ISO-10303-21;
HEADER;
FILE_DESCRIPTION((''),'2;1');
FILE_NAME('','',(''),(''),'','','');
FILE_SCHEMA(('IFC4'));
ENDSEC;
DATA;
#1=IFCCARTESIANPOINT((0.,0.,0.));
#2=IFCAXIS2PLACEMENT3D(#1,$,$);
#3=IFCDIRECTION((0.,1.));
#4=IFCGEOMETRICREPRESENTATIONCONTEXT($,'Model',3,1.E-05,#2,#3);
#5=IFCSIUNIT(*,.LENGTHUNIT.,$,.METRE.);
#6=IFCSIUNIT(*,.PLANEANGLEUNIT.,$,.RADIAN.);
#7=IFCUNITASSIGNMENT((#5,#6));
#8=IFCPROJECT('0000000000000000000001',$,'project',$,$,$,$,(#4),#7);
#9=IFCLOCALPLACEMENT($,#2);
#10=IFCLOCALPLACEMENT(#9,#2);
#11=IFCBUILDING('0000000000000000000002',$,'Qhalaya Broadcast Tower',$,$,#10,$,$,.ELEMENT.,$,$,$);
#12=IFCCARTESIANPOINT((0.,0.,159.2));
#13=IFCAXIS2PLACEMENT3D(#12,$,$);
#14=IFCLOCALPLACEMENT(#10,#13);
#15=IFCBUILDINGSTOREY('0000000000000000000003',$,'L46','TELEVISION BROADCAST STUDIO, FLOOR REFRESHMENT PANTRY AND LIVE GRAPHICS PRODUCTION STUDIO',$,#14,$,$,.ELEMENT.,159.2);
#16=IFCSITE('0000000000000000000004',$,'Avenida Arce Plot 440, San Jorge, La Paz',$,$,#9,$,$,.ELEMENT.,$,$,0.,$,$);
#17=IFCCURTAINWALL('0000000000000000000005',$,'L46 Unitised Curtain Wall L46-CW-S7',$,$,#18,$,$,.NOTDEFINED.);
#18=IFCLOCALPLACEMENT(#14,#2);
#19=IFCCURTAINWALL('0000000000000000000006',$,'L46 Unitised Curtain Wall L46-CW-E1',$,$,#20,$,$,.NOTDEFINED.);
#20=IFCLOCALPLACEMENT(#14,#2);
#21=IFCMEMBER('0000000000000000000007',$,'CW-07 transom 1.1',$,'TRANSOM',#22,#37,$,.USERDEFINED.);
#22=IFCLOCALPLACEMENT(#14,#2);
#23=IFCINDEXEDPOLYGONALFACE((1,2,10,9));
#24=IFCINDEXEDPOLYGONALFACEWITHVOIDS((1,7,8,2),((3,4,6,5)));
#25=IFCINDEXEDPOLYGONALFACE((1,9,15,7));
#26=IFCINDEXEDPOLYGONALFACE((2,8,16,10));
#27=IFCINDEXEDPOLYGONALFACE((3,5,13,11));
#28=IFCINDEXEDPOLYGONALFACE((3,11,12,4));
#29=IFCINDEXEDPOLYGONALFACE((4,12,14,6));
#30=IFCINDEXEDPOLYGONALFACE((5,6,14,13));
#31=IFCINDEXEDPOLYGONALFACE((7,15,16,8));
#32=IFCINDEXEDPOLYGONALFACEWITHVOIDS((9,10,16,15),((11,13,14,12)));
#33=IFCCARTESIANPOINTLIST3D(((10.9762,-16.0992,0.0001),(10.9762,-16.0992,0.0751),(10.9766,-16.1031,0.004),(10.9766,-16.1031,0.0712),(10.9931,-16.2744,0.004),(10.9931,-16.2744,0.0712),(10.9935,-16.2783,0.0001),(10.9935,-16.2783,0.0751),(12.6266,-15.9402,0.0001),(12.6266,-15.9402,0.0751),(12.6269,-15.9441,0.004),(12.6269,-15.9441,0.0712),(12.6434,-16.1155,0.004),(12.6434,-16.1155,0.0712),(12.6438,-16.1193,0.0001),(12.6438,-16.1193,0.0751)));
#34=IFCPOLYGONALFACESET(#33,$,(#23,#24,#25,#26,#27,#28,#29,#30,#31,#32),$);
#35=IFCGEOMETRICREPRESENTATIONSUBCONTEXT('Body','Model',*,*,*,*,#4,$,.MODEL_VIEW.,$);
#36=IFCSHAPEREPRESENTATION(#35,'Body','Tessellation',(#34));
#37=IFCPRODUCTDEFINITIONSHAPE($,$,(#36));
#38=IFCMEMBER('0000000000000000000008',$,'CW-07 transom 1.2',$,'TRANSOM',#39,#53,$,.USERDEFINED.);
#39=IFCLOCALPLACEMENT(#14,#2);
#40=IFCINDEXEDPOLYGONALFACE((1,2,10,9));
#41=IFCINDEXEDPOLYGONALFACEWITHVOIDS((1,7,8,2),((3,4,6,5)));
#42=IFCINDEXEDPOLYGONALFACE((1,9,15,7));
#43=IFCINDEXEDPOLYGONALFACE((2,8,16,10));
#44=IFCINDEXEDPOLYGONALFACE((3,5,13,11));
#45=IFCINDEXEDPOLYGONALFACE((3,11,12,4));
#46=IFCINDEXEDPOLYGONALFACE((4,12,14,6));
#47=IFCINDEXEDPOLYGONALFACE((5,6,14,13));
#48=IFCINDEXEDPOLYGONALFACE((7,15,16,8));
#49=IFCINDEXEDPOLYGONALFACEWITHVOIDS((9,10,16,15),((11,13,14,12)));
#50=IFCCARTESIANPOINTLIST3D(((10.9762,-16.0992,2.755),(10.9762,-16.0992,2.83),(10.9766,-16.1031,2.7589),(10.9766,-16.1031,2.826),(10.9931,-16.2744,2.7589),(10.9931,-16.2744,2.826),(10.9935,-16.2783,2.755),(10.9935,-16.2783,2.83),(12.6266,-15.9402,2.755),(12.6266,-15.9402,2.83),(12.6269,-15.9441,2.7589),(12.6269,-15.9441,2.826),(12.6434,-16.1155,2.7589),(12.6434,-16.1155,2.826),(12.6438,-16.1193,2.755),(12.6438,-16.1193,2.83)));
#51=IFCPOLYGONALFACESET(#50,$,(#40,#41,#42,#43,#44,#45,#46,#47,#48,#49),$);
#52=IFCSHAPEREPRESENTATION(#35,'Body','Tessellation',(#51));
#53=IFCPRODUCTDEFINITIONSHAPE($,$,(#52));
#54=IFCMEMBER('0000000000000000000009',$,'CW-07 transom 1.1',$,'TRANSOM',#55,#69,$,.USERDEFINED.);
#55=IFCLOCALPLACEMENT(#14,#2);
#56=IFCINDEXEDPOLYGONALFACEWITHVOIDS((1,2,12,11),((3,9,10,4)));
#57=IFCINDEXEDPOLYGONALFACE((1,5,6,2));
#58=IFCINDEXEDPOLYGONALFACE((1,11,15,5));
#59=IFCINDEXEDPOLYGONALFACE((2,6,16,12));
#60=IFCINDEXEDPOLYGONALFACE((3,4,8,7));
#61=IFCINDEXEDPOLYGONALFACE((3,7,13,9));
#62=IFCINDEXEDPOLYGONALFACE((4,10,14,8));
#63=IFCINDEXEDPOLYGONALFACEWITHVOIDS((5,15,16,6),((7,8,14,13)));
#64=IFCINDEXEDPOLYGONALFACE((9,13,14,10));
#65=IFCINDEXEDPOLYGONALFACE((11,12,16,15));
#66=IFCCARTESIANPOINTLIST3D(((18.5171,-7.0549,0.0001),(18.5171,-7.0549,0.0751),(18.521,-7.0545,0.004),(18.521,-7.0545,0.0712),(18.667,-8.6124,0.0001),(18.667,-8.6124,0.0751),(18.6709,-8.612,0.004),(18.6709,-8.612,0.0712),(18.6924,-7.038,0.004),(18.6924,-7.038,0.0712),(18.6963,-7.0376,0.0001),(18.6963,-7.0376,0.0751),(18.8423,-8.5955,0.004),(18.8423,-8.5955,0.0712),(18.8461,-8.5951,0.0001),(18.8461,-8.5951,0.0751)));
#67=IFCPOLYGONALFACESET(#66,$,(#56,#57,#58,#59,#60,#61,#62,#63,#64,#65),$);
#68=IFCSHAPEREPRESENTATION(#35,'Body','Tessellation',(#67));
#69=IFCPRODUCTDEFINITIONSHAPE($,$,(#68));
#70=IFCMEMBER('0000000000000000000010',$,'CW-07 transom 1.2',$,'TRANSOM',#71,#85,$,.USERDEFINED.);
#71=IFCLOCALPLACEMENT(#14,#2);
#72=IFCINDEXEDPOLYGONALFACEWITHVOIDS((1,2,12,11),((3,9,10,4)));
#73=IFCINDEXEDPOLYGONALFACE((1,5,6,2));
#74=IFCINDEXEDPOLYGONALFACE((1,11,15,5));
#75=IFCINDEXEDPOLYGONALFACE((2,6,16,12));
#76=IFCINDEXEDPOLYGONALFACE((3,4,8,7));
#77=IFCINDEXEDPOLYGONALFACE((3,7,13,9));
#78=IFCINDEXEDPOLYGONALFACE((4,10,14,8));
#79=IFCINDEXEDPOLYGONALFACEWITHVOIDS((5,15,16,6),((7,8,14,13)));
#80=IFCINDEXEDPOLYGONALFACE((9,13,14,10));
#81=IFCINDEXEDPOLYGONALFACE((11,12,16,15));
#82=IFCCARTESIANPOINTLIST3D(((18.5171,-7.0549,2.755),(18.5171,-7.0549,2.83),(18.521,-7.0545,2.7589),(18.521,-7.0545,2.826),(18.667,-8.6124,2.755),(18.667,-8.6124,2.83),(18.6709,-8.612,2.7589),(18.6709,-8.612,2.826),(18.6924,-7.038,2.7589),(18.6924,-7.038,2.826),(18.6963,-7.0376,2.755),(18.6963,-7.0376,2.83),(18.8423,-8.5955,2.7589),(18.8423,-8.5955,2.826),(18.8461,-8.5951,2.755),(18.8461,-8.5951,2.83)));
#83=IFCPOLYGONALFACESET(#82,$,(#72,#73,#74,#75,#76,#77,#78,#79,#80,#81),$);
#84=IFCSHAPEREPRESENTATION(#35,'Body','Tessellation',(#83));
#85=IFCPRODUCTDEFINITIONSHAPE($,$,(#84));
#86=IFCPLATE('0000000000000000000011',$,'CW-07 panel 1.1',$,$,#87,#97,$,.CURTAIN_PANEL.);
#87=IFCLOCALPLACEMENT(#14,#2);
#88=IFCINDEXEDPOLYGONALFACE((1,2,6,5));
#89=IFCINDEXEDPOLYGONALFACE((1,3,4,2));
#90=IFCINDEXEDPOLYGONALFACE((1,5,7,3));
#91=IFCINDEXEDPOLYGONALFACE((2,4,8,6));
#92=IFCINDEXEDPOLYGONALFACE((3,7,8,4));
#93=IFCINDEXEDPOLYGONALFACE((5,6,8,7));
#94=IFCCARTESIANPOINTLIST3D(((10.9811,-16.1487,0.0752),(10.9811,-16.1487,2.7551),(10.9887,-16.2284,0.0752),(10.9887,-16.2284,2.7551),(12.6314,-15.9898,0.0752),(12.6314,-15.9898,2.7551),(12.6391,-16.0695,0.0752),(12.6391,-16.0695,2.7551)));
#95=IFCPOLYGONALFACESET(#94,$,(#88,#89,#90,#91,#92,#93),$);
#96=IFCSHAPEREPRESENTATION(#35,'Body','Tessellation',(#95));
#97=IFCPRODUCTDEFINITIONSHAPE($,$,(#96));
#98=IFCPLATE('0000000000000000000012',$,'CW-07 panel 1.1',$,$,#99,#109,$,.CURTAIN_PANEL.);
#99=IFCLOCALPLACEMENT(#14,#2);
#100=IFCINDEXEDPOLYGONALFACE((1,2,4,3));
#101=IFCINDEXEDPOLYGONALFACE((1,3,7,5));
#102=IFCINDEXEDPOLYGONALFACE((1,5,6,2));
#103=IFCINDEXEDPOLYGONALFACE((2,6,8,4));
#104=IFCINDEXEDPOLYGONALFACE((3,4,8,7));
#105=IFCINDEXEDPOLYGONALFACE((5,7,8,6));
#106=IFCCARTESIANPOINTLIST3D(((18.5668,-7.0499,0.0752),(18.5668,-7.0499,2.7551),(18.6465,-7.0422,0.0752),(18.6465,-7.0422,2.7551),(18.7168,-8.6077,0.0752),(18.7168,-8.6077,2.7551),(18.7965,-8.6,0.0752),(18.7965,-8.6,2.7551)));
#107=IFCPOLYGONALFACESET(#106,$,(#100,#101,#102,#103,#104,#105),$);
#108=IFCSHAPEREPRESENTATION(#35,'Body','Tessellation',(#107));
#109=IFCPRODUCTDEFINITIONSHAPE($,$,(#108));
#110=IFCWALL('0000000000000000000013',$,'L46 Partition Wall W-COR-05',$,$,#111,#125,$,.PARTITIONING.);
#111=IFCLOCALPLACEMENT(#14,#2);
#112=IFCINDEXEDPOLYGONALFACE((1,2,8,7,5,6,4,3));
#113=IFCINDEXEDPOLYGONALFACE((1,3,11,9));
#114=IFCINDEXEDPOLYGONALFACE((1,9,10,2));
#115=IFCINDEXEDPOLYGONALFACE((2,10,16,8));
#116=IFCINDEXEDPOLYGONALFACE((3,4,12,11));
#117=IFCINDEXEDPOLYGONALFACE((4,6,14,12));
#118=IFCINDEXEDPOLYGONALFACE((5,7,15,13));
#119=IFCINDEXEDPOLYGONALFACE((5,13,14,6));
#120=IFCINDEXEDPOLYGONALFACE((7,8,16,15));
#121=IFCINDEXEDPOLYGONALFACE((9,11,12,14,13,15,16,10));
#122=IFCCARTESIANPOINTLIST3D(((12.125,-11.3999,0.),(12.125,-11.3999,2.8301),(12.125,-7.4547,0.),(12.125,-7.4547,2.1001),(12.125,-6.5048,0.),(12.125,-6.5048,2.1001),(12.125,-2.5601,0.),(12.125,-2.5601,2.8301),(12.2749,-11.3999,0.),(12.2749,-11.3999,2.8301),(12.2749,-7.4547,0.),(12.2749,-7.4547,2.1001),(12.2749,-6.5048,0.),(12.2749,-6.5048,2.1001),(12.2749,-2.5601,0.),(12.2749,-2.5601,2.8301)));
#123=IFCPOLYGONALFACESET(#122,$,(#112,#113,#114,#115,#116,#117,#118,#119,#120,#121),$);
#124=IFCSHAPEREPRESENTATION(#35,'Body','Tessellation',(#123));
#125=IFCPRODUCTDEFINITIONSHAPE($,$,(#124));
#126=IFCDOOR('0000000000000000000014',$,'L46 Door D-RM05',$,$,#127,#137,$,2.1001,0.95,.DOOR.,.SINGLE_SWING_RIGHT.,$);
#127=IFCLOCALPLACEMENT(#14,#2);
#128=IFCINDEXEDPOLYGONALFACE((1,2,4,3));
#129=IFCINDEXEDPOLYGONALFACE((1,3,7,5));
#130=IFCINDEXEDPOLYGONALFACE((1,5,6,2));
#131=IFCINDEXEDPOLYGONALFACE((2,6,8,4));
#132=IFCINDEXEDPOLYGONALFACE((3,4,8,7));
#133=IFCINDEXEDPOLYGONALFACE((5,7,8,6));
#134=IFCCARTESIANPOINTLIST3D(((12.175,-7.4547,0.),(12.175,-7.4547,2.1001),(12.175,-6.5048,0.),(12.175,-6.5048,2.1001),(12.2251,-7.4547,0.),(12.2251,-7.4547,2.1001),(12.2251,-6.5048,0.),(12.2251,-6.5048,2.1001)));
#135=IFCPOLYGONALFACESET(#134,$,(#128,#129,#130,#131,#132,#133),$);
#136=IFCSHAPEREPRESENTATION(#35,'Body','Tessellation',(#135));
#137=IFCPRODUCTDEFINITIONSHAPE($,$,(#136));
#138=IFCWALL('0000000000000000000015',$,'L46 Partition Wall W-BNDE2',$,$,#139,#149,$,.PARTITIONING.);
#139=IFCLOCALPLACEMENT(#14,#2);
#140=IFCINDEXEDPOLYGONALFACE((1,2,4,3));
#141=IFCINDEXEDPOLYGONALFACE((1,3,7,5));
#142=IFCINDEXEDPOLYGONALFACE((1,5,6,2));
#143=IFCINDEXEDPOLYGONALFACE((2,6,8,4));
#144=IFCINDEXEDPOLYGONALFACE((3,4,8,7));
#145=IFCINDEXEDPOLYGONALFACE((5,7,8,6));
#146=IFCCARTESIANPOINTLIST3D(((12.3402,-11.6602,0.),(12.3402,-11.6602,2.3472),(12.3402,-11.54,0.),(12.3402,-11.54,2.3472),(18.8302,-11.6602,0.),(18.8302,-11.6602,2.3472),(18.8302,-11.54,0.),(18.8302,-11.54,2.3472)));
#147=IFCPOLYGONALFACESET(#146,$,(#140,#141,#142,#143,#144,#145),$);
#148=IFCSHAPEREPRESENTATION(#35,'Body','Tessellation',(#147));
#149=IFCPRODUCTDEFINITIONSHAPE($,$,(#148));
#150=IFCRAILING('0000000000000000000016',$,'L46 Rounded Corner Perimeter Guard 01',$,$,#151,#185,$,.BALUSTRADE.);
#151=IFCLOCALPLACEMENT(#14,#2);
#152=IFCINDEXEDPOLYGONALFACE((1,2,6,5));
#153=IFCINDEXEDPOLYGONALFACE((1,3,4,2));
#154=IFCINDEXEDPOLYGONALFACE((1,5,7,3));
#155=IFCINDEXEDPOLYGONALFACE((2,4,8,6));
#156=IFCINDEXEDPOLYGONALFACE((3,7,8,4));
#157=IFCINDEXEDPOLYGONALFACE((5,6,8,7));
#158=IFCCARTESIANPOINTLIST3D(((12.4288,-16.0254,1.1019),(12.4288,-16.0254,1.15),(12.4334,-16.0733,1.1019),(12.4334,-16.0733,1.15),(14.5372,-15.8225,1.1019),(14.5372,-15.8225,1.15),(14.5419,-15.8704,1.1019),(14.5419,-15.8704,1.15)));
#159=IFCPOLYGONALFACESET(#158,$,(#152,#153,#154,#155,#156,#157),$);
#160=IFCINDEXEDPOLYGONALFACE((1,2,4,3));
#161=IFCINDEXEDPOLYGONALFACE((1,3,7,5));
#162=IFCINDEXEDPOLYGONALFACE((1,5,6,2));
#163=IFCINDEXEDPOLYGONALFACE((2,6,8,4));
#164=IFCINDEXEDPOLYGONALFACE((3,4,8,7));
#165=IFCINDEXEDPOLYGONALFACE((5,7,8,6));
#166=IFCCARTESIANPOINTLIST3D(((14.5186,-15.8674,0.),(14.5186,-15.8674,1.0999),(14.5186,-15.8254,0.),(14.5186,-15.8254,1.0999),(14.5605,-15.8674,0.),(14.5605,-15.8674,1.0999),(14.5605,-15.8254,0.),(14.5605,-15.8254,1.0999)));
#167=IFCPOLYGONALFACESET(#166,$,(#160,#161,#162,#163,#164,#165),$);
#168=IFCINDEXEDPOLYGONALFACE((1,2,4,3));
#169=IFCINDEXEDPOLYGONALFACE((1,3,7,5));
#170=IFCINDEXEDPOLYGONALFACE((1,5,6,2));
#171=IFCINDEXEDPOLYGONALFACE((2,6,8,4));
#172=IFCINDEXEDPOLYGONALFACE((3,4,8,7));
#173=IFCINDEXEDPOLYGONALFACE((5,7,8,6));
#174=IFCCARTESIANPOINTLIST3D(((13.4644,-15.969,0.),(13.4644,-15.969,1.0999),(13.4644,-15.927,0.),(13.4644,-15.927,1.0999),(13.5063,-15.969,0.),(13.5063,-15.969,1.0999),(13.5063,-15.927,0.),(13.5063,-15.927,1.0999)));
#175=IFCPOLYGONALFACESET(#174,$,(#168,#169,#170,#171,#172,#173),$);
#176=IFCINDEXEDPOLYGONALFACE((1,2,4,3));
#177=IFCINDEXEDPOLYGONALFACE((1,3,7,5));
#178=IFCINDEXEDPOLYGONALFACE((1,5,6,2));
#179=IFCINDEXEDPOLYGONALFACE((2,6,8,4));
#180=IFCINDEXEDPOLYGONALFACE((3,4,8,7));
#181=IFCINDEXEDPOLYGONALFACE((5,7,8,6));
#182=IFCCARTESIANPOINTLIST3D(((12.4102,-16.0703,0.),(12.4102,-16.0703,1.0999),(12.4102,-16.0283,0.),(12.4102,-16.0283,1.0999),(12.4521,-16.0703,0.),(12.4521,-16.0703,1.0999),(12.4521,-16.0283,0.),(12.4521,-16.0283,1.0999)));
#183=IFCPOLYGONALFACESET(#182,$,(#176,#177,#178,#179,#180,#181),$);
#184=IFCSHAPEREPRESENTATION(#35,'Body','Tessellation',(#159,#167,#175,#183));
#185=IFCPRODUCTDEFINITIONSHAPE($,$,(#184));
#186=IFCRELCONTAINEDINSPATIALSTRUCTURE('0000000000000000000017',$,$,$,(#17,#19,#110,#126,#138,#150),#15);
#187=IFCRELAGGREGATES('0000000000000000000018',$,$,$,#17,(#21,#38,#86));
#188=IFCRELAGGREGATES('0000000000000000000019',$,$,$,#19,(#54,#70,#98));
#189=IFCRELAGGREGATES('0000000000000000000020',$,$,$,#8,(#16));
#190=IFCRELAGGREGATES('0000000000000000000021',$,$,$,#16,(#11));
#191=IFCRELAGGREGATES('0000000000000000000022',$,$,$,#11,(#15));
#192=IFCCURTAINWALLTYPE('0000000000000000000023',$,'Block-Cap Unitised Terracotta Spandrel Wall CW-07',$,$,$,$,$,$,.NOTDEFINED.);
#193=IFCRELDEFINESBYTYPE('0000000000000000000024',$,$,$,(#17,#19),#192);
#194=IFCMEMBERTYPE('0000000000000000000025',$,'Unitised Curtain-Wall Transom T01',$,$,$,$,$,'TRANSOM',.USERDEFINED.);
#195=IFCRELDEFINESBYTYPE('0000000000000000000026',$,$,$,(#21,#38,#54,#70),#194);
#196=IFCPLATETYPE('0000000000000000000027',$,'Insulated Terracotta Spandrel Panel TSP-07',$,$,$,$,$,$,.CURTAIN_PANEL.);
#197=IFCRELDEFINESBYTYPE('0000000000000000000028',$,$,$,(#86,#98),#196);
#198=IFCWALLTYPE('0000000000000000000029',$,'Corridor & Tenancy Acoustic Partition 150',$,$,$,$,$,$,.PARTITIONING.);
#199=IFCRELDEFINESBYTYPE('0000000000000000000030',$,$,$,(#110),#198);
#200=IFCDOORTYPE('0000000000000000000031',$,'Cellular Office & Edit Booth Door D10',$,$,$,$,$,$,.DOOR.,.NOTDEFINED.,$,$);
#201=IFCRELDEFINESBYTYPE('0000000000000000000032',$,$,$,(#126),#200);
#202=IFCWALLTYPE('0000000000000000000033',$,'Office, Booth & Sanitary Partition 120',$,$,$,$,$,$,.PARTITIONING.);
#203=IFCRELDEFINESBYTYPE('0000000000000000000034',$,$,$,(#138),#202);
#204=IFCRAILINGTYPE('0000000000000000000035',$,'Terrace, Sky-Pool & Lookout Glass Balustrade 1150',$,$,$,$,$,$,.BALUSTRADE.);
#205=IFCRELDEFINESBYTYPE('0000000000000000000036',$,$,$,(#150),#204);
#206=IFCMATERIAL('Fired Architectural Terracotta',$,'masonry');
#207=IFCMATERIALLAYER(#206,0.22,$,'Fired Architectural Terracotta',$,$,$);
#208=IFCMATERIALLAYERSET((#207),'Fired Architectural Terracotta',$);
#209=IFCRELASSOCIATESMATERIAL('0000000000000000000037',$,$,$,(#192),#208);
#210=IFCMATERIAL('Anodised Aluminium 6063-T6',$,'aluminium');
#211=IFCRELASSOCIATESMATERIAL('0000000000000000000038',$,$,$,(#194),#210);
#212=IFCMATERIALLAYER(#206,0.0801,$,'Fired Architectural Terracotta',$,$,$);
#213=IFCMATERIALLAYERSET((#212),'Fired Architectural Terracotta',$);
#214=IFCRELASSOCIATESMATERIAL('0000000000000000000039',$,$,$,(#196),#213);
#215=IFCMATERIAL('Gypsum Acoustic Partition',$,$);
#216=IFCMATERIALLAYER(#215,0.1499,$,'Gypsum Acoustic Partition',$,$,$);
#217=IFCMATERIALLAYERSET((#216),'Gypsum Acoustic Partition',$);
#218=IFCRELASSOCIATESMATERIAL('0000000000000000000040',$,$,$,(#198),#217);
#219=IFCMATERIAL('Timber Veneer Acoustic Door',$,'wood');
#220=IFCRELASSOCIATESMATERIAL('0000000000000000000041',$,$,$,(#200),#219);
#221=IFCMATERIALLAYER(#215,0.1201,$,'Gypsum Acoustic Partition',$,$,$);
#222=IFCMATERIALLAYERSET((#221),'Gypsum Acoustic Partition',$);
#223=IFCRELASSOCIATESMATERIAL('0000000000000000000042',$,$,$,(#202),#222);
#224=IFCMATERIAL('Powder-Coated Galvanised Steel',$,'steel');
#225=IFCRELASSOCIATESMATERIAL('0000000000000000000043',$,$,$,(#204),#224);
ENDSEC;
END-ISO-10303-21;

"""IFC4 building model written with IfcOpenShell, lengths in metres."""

from ifc_helpers import new_model, si_unit, direction, frame, frame_2d, origin, origin_2d, place, context, subcontext, project, spatial, rectangle, hollow_rectangle, extrude, material, layer, layer_set, material_profile, profile_set, type_object, element, fill, aggregate, save


model = new_model("IFC4")

# Units and contexts
model_context = context("Model", 3, precision=1e-05, world=origin(), true_north=direction((0.0, 1.0)))
body_context = subcontext(model_context, "Body", "Model", "MODEL_VIEW")
ifc_project = project(units=[si_unit("LENGTHUNIT", "METRE"), si_unit("PLANEANGLEUNIT", "RADIAN")], contexts=[model_context])

# Site, building, storey
site_placement = place(None, origin())
site = spatial("IfcSite", under=ifc_project, at=site_placement, Name="Avenida Arce Plot 440, San Jorge, La Paz", CompositionType="ELEMENT", RefElevation=0.0)
building_placement = place(site_placement, origin())
building = spatial("IfcBuilding", under=site, at=building_placement, Name="Qhalaya Broadcast Tower", CompositionType="ELEMENT")
storey_placement = place(building_placement, frame((0.0, 0.0, 159.2)))
storey = spatial("IfcBuildingStorey", under=building, at=storey_placement, Name="L46", Description="TELEVISION BROADCAST STUDIO, FLOOR REFRESHMENT PANTRY AND LIVE GRAPHICS PRODUCTION STUDIO", CompositionType="ELEMENT", Elevation=159.2)

# Shared definitions
ifc_material_1 = material(Name="Fired Architectural Terracotta", Category="masonry")

# Shared definitions
ifc_material_2 = material(Name="Anodised Aluminium 6063-T6", Category="aluminium")

# Curtain walls
ifc_layer_1 = layer(ifc_material_1, 0.22, Name="Fired Architectural Terracotta")
ifc_layer_set_1 = layer_set([ifc_layer_1], Name="Fired Architectural Terracotta")
curtain_wall_type_1 = type_object("IfcCurtainWallType", Name="Block-Cap Unitised Terracotta Spandrel Wall CW-07", PredefinedType="NOTDEFINED", material=ifc_layer_set_1)
curtain_wall_1_placement = place(storey_placement, origin())
curtain_wall_1 = element("IfcCurtainWall", 1, at=curtain_wall_1_placement, inside=storey, type_object=curtain_wall_type_1, Name="L46 Unitised Curtain Wall L46-CW-S7", PredefinedType="NOTDEFINED")
curtain_wall_2_placement = place(storey_placement, origin())
curtain_wall_2 = element("IfcCurtainWall", 2, at=curtain_wall_2_placement, inside=storey, type_object=curtain_wall_type_1, Name="L46 Unitised Curtain Wall L46-CW-E1", PredefinedType="NOTDEFINED")

# Members
ifc_material_profile_1 = material_profile(ifc_material_2, hollow_rectangle(XDim=0.075, YDim=0.1799, WallThickness=0.0039, at=origin_2d()), Name="ALU-TRN 75x180x4")
ifc_profile_set_1 = profile_set([ifc_material_profile_1], Name="Anodised Aluminium 6063-T6")
member_type_1 = type_object("IfcMemberType", Name="Unitised Curtain-Wall Transom T01", ElementType="TRANSOM", PredefinedType="USERDEFINED", material=ifc_profile_set_1)
member_1_placement = place(storey_placement, frame((10.9849, -16.1887, 0.0376), z_axis=(0.995395, 0.095858, 0.0), x_axis=(0.0, 0.0, 1.0)))
member_1 = element("IfcMember", 3, at=member_1_placement, type_object=member_type_1, Name="CW-07 transom 1.1", ObjectType="TRANSOM", PredefinedType="USERDEFINED", context=body_context, shape_type="SweptSolid", body=[
    extrude(hollow_rectangle(XDim=0.075, YDim=0.1799, WallThickness=0.0039, at=origin_2d()), origin(), (0.0, 0.0, 1.0), 1.658),
])
member_2_placement = place(storey_placement, frame((10.9849, -16.1887, 2.7925), z_axis=(0.995395, 0.095858, 0.0), x_axis=(0.0, 0.0, 1.0)))
member_2 = element("IfcMember", 4, at=member_2_placement, type_object=member_type_1, Name="CW-07 transom 1.2", ObjectType="TRANSOM", PredefinedType="USERDEFINED", context=body_context, shape_type="SweptSolid", body=[
    extrude(hollow_rectangle(XDim=0.075, YDim=0.1799, WallThickness=0.0039, at=origin_2d()), origin(), (0.0, 0.0, 1.0), 1.658),
])
member_3_placement = place(storey_placement, frame((18.7566, -8.6038, 0.0376), z_axis=(-0.095796, 0.995401, 0.0), x_axis=(0.0, 0.0, 1.0)))
member_3 = element("IfcMember", 5, at=member_3_placement, type_object=member_type_1, Name="CW-07 transom 1.1", ObjectType="TRANSOM", PredefinedType="USERDEFINED", context=body_context, shape_type="SweptSolid", body=[
    extrude(hollow_rectangle(XDim=0.075, YDim=0.1799, WallThickness=0.0039, at=origin_2d()), origin(), (0.0, 0.0, 1.0), 1.5647),
])
member_4_placement = place(storey_placement, frame((18.7566, -8.6038, 2.7925), z_axis=(-0.095796, 0.995401, 0.0), x_axis=(0.0, 0.0, 1.0)))
member_4 = element("IfcMember", 6, at=member_4_placement, type_object=member_type_1, Name="CW-07 transom 1.2", ObjectType="TRANSOM", PredefinedType="USERDEFINED", context=body_context, shape_type="SweptSolid", body=[
    extrude(hollow_rectangle(XDim=0.075, YDim=0.1799, WallThickness=0.0039, at=origin_2d()), origin(), (0.0, 0.0, 1.0), 1.5647),
])

# Plates
ifc_layer_2 = layer(ifc_material_1, 0.0801, Name="Fired Architectural Terracotta")
ifc_layer_set_2 = layer_set([ifc_layer_2], Name="Fired Architectural Terracotta")
plate_type = type_object("IfcPlateType", Name="Insulated Terracotta Spandrel Panel TSP-07", PredefinedType="CURTAIN_PANEL", material=ifc_layer_set_2)
plate_1_placement = place(storey_placement, frame((11.8101, -16.1091, 0.0752), z_axis=(0.0, 0.0, 1.0), x_axis=(0.995395, 0.095856, 0.0)))
plate_1 = element("IfcPlate", 7, at=plate_1_placement, type_object=plate_type, Name="CW-07 panel 1.1", PredefinedType="CURTAIN_PANEL", context=body_context, shape_type="SweptSolid", body=[
    extrude(rectangle(XDim=1.658, YDim=0.0801, at=origin_2d()), origin(), (0.0, 0.0, 1.0), 2.6799),
])
aggregate(curtain_wall_1, [member_1, member_2, plate_1])
plate_2_placement = place(storey_placement, frame((18.6816, -7.825, 0.0752), z_axis=(0.0, 0.0, 1.0), x_axis=(-0.09586, 0.995395, 0.0)))
plate_2 = element("IfcPlate", 8, at=plate_2_placement, type_object=plate_type, Name="CW-07 panel 1.1", PredefinedType="CURTAIN_PANEL", context=body_context, shape_type="SweptSolid", body=[
    extrude(rectangle(XDim=1.5649, YDim=0.0801, at=origin_2d()), origin(), (0.0, 0.0, 1.0), 2.6799),
])
aggregate(curtain_wall_2, [member_3, member_4, plate_2])

# Wall, opening, door
ifc_material_3 = material(Name="Gypsum Acoustic Partition")
ifc_layer_3 = layer(ifc_material_3, 0.1499, Name="Gypsum Acoustic Partition")
ifc_layer_set_3 = layer_set([ifc_layer_3], Name="Gypsum Acoustic Partition")
wall_type_1 = type_object("IfcWallType", Name="Corridor & Tenancy Acoustic Partition 150", PredefinedType="PARTITIONING", material=ifc_layer_set_3)
wall_1_placement = place(storey_placement, frame((12.2, -11.3999, 0.0), z_axis=(0.0, 0.0, 1.0), x_axis=(0.0, 1.0, 0.0)))
wall_1 = element("IfcWall", 9, at=wall_1_placement, inside=storey, type_object=wall_type_1, Name="L46 Partition Wall W-COR-05", PredefinedType="PARTITIONING", context=body_context, shape_type="SweptSolid", body=[
    extrude(rectangle(XDim=8.8398, YDim=0.1499, at=frame_2d((4.4199, 0.0))), origin(), (0.0, 0.0, 1.0), 2.8301),
])
opening_placement = place(wall_1_placement, frame((3.9451, 0.0, 0.0)))
opening = element("IfcOpeningElement", 10, at=opening_placement, cuts=wall_1, PredefinedType="OPENING", context=body_context, shape_type="SweptSolid", body=[
    extrude(rectangle(XDim=0.95, YDim=2.1001, at=frame_2d((0.4751, 1.05))), frame((0.0, 0.0869, 0.0), z_axis=(0.0, -1.0, 0.0), x_axis=(1.0, 0.0, 0.0)), (0.0, 0.0, 1.0), 0.1738),
])
ifc_material_4 = material(Name="Timber Veneer Acoustic Door", Category="wood")
door_type = type_object("IfcDoorType", Name="Cellular Office & Edit Booth Door D10", OperationType="NOTDEFINED", PredefinedType="DOOR", material=ifc_material_4)
door_placement = place(opening_placement, origin())
door = element("IfcDoor", 11, at=door_placement, inside=storey, type_object=door_type, Name="L46 Door D-RM05", OperationType="SINGLE_SWING_RIGHT", OverallHeight=2.1001, OverallWidth=0.95, PredefinedType="DOOR", context=body_context, shape_type="SweptSolid", body=[
    extrude(rectangle(XDim=0.95, YDim=2.1001, at=frame_2d((0.4751, 1.05))), frame((0.0, 0.0249, 0.0), z_axis=(0.0, -1.0, 0.0), x_axis=(1.0, 0.0, 0.0)), (0.0, 0.0, 1.0), 0.05),
])
fill(opening, door)

# Wall
ifc_layer_4 = layer(ifc_material_3, 0.1201, Name="Gypsum Acoustic Partition")
ifc_layer_set_4 = layer_set([ifc_layer_4], Name="Gypsum Acoustic Partition")
wall_type_2 = type_object("IfcWallType", Name="Office, Booth & Sanitary Partition 120", PredefinedType="PARTITIONING", material=ifc_layer_set_4)
wall_2_placement = place(storey_placement, frame((12.3401, -11.6001, 0.0), z_axis=(0.0, 0.0, 1.0), x_axis=(1.0, 0.0, 0.0)))
element("IfcWall", 12, at=wall_2_placement, inside=storey, type_object=wall_type_2, Name="L46 Partition Wall W-BNDE2", PredefinedType="PARTITIONING", context=body_context, shape_type="SweptSolid", body=[
    extrude(rectangle(XDim=6.49, YDim=0.1201, at=frame_2d((3.2451, 0.0))), origin(), (0.0, 0.0, 1.0), 2.3472),
])

# Railing
ifc_material_5 = material(Name="Powder-Coated Galvanised Steel", Category="steel")
railing_type = type_object("IfcRailingType", Name="Terrace, Sky-Pool & Lookout Glass Balustrade 1150", PredefinedType="BALUSTRADE", material=ifc_material_5)
railing_1_placement = place(storey_placement, frame((14.5396, -15.8464, 0.0)))
element("IfcRailing", 13, at=railing_1_placement, inside=storey, type_object=railing_type, Name="L46 Rounded Corner Perimeter Guard 01", PredefinedType="BALUSTRADE", context=body_context, shape_type="SweptSolid", body=[
    extrude(rectangle(XDim=0.0481, YDim=0.0481, at=origin_2d()), frame((0.0, 0.0, 1.126), z_axis=(-0.995402, -0.095783, 0.0), x_axis=(0.095783, -0.995402, 0.0)), (0.0, 0.0, 1.0), 2.1182),
    extrude(rectangle(XDim=0.042, YDim=0.042, at=origin_2d()), origin(), (0.0, 0.0, 1.0), 1.0999),
    extrude(rectangle(XDim=0.042, YDim=0.042, at=origin_2d()), frame((-1.0542, -0.1016, 0.0)), (0.0, 0.0, 1.0), 1.0999),
    extrude(rectangle(XDim=0.042, YDim=0.042, at=origin_2d()), frame((-2.1084, -0.2029, 0.0)), (0.0, 0.0, 1.0), 1.0999),
])

save(model, "model.ifc")
